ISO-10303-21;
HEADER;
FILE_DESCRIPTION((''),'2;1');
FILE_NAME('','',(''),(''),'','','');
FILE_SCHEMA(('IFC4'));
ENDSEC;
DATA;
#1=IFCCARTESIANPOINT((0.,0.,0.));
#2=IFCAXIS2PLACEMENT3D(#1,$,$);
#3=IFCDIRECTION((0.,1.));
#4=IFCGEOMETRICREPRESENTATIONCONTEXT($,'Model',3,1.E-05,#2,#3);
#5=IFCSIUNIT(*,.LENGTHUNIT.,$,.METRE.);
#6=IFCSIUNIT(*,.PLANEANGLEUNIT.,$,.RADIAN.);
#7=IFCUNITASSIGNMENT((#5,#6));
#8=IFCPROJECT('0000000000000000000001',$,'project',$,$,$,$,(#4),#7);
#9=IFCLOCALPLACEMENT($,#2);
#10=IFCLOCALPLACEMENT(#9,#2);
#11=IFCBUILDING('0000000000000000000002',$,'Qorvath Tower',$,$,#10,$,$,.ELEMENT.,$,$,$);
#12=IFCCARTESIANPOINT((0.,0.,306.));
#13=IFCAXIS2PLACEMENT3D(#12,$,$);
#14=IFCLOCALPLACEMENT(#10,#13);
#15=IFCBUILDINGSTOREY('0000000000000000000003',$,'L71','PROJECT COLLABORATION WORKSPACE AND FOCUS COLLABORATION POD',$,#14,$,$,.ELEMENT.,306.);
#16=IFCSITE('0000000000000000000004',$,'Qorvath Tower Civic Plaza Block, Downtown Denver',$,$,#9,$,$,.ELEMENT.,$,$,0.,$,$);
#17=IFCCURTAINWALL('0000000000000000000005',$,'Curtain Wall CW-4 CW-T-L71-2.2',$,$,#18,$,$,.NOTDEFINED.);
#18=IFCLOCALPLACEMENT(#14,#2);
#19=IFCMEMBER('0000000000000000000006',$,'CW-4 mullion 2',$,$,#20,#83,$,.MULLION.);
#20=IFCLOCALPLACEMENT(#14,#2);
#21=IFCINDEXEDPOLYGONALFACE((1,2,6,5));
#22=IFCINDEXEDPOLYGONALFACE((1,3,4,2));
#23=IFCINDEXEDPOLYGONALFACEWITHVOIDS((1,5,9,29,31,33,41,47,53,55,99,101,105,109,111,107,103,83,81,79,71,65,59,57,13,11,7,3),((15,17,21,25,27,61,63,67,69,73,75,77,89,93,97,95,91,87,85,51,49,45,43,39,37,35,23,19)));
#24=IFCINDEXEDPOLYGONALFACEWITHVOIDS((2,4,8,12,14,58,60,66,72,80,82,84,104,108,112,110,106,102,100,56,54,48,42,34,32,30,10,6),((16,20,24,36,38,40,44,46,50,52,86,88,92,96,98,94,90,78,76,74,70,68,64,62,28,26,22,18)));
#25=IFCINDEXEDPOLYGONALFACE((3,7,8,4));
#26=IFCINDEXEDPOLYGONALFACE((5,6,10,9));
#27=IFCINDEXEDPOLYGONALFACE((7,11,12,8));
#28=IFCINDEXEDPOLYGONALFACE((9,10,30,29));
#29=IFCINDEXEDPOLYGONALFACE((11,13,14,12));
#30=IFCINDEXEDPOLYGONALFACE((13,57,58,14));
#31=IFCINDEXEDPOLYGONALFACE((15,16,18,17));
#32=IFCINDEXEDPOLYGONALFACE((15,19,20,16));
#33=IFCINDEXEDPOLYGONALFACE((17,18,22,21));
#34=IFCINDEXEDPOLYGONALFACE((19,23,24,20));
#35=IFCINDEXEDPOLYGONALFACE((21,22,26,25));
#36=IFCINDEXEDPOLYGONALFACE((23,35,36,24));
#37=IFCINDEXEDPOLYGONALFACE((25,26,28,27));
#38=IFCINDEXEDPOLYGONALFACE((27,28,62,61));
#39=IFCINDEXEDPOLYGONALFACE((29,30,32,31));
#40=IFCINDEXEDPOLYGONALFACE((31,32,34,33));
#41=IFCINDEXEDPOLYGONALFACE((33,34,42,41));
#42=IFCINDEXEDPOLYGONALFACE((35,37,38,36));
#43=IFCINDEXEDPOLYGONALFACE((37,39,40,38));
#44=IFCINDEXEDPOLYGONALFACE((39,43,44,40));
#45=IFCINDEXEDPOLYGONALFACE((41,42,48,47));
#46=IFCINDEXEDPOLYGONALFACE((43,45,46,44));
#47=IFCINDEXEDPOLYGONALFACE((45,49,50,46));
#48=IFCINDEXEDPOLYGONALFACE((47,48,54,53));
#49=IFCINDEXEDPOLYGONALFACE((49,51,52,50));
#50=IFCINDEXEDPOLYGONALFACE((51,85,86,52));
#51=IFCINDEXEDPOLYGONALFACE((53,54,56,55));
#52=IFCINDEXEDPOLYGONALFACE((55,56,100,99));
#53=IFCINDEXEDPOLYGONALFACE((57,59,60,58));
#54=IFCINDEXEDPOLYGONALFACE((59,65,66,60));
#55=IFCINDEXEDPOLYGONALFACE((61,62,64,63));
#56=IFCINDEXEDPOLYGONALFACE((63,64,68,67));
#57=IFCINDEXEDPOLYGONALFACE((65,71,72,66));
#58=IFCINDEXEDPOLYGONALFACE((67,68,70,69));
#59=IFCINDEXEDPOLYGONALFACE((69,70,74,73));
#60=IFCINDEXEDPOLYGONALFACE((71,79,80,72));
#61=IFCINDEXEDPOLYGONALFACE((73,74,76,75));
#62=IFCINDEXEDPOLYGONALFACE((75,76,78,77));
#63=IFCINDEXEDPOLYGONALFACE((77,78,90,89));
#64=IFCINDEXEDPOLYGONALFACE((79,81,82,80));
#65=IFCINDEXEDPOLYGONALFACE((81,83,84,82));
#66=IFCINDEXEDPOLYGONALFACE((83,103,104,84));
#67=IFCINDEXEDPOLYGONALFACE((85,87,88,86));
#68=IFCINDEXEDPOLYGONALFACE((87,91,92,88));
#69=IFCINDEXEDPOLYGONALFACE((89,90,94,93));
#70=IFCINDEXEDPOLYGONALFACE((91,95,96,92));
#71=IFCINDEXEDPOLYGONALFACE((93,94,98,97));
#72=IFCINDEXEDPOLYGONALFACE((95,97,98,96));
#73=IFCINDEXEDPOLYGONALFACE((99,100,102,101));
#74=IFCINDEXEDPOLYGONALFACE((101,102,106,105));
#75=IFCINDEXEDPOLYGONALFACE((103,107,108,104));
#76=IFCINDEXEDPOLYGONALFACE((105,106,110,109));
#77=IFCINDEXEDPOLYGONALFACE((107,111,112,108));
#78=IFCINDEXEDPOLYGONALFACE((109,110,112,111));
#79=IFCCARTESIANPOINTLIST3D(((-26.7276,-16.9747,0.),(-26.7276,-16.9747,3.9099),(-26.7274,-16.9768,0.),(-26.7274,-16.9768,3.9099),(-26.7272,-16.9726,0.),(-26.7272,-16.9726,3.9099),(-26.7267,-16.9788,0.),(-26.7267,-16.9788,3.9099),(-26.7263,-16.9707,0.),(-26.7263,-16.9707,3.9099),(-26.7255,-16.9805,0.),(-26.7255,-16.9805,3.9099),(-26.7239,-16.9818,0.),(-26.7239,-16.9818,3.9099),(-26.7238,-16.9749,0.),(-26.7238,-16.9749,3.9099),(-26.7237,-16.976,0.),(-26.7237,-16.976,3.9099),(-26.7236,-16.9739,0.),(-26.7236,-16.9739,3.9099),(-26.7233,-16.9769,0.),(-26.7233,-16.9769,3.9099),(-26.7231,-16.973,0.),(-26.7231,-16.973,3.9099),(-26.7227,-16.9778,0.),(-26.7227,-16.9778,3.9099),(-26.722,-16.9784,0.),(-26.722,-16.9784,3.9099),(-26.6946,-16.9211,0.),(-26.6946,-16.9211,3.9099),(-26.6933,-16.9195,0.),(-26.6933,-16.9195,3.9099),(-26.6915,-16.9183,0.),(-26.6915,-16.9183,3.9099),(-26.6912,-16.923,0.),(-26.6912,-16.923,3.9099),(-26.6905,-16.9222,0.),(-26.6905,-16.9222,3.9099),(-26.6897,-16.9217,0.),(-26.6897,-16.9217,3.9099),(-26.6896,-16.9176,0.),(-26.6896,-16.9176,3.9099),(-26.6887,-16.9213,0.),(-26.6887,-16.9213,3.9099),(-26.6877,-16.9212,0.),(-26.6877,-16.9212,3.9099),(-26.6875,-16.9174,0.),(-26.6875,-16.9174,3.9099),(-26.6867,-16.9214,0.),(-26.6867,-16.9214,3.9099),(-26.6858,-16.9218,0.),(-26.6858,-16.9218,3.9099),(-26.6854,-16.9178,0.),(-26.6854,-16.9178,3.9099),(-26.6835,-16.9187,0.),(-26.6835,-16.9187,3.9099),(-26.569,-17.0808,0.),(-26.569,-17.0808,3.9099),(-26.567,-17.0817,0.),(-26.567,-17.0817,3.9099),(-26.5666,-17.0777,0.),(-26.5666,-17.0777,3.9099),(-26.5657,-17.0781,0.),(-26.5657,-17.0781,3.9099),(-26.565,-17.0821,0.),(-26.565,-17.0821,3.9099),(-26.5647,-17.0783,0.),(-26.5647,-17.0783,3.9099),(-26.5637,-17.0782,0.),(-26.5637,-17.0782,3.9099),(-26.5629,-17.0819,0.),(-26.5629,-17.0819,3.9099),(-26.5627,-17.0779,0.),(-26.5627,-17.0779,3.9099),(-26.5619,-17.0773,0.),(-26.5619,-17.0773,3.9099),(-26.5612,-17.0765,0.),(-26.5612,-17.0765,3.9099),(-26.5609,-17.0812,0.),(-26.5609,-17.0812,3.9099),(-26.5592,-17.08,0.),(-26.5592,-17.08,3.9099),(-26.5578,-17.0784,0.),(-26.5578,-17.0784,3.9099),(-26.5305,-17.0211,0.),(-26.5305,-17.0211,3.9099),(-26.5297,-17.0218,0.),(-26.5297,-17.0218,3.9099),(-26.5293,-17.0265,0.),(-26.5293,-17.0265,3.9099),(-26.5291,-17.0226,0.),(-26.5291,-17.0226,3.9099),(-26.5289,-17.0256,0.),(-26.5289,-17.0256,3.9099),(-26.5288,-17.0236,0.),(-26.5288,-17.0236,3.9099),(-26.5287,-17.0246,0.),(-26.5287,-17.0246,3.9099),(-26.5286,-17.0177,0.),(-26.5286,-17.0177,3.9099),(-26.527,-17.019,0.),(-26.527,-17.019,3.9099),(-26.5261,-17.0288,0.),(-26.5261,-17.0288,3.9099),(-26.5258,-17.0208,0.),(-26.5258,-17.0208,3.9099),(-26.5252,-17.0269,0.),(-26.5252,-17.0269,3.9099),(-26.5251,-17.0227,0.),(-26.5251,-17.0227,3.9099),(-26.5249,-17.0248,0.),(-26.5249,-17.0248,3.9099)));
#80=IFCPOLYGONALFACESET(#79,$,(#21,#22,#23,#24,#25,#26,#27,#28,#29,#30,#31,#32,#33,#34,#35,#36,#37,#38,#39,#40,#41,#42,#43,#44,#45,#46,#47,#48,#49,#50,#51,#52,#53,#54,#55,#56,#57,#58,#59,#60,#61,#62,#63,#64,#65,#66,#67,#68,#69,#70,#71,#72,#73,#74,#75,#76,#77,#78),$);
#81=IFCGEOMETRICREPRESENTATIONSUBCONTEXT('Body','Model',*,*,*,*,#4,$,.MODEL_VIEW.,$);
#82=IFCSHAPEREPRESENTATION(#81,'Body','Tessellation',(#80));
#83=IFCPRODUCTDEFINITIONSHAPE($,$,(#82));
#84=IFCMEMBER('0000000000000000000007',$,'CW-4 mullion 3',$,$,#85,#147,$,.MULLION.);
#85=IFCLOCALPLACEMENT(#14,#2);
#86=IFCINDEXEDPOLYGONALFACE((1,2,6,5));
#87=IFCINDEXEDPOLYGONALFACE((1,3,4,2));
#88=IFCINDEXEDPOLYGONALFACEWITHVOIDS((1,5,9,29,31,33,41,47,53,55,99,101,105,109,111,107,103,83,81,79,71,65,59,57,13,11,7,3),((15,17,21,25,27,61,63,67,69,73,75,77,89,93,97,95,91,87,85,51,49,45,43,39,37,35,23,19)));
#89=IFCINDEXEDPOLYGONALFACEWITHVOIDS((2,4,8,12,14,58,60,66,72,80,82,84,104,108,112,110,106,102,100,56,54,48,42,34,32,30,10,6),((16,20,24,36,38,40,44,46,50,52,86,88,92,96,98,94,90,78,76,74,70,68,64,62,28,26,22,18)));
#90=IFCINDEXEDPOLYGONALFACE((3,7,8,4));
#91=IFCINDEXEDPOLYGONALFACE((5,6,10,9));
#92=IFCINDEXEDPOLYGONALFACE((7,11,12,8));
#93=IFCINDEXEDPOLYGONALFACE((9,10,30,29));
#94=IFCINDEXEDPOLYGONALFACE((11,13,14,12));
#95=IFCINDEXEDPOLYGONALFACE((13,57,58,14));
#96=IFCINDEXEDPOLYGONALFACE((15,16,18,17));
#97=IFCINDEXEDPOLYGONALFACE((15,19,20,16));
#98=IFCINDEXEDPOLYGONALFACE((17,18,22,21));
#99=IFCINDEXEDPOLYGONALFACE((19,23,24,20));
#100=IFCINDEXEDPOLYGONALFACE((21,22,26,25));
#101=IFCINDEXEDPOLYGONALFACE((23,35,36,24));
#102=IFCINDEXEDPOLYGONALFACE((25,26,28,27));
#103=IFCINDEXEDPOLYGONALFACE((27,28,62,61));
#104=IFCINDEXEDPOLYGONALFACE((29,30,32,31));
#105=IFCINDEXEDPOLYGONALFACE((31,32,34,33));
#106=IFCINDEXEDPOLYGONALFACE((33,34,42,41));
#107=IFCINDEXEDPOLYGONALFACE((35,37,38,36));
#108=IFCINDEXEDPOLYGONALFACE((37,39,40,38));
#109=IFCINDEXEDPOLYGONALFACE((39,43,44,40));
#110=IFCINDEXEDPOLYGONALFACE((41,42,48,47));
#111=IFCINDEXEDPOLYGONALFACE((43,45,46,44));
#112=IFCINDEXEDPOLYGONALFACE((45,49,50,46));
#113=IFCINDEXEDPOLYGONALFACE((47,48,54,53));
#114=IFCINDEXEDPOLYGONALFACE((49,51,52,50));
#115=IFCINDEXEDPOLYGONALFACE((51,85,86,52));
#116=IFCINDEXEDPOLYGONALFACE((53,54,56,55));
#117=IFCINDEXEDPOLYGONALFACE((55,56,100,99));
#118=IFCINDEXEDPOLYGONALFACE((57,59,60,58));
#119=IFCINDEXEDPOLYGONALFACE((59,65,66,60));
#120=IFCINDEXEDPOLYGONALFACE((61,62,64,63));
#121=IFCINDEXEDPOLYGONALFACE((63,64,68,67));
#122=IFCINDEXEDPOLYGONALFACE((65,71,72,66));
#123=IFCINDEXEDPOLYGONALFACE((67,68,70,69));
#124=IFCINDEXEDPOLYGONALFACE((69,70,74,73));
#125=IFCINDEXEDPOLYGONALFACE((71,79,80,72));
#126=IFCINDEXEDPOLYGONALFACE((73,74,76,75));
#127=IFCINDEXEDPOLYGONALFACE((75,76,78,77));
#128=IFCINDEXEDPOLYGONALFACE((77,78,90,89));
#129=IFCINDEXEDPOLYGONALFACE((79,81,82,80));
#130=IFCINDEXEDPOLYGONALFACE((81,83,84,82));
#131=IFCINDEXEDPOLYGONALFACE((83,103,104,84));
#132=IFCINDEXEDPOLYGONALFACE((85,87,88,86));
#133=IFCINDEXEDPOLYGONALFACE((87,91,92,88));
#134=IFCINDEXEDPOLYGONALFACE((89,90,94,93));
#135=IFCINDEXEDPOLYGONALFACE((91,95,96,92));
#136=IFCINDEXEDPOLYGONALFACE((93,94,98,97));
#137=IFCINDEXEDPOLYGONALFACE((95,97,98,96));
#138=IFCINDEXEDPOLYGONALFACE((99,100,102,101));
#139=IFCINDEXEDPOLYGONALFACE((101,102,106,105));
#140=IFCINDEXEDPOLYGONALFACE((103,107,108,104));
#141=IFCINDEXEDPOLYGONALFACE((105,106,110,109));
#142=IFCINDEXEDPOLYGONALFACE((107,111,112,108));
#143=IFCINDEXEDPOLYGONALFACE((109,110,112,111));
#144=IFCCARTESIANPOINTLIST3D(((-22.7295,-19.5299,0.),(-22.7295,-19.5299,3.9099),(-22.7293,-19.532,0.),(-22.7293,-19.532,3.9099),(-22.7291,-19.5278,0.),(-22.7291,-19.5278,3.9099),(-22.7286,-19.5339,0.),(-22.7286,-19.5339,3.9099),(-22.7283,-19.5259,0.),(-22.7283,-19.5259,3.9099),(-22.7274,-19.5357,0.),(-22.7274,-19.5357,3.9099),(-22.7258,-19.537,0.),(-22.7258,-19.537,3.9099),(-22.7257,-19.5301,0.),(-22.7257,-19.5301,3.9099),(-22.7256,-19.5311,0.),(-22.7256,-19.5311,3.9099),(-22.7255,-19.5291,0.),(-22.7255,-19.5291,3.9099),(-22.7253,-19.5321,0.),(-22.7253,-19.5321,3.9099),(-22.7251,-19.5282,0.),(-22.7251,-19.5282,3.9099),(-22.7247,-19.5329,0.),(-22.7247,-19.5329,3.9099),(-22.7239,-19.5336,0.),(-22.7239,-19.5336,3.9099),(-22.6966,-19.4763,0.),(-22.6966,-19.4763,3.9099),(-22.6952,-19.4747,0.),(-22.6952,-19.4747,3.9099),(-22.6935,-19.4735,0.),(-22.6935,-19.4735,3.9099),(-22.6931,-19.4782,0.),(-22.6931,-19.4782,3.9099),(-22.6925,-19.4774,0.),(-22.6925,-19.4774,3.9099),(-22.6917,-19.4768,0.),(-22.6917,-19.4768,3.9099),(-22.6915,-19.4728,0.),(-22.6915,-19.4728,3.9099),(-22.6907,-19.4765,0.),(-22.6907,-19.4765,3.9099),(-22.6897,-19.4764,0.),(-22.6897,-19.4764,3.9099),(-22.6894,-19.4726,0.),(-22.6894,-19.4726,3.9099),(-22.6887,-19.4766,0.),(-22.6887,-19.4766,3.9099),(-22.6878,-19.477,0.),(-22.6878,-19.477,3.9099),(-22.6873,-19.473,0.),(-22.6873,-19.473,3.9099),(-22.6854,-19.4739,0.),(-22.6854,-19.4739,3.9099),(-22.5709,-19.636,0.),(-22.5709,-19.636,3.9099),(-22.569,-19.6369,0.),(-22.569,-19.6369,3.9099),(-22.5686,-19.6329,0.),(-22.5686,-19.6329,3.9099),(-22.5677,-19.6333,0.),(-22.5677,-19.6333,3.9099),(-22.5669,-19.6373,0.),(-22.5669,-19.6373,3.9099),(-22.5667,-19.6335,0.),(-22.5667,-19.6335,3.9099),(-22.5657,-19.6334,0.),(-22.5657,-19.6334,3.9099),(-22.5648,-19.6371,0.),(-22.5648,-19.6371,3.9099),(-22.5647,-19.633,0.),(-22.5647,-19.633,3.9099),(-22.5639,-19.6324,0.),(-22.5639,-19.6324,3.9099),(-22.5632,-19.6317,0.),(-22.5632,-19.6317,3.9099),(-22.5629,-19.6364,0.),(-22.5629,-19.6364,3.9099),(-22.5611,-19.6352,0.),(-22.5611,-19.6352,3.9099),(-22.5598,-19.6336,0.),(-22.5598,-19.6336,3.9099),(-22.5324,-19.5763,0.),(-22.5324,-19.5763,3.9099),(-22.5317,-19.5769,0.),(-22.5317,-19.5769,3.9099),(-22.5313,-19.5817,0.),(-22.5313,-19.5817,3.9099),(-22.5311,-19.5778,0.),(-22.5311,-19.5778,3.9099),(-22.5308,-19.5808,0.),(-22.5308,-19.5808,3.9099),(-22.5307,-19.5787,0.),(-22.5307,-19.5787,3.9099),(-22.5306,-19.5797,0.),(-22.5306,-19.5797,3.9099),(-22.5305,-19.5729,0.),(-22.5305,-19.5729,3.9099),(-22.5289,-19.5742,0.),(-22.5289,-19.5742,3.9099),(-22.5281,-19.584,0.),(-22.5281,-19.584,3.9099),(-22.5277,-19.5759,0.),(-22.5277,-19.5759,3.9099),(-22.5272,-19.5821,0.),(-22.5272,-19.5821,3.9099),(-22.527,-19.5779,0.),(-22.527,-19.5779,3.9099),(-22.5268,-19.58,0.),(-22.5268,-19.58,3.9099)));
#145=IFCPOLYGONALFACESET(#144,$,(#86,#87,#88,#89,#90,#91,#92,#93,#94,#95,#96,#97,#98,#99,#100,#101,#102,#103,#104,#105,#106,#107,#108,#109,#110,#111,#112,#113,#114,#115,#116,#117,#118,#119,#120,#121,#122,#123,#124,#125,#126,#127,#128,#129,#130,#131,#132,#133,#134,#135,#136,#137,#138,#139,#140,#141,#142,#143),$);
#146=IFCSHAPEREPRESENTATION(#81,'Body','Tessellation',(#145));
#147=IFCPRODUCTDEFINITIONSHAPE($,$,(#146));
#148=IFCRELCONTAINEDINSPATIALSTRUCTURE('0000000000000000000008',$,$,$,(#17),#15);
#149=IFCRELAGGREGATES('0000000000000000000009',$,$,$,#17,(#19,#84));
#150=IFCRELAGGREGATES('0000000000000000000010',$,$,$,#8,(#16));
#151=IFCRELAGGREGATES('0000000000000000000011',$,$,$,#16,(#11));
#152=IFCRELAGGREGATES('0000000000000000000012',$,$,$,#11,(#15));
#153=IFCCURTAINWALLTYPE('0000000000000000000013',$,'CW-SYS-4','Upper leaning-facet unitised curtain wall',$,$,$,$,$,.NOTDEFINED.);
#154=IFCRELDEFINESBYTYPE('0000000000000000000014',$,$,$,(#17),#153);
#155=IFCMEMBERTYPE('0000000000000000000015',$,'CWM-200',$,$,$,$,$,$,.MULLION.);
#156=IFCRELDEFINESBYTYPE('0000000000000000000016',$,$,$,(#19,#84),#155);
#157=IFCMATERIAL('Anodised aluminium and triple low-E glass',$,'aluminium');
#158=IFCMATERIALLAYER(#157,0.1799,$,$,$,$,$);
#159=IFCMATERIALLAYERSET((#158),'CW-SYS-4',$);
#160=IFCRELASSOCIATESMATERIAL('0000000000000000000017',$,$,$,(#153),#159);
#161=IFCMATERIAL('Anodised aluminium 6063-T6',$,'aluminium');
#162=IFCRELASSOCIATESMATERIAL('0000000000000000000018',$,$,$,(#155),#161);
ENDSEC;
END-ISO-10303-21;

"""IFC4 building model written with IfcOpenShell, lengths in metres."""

from ifc_helpers import new_model, si_unit, direction, frame, origin, origin_2d, place, context, subcontext, project, spatial, hollow_rectangle, extrude, material, layer, layer_set, material_profile, profile_set, type_object, element, aggregate, save


model = new_model("IFC4")

# Units and contexts
model_context = context("Model", 3, precision=1e-05, world=origin(), true_north=direction((0.0, 1.0)))
body_context = subcontext(model_context, "Body", "Model", "MODEL_VIEW")
ifc_project = project(units=[si_unit("LENGTHUNIT", "METRE"), si_unit("PLANEANGLEUNIT", "RADIAN")], contexts=[model_context])

# Site, building, storey
site_placement = place(None, origin())
site = spatial("IfcSite", under=ifc_project, at=site_placement, Name="Qorvath Tower Civic Plaza Block, Downtown Denver", CompositionType="ELEMENT", RefElevation=0.0)
building_placement = place(site_placement, origin())
building = spatial("IfcBuilding", under=site, at=building_placement, Name="Qorvath Tower", CompositionType="ELEMENT")
storey_placement = place(building_placement, frame((0.0, 0.0, 306.0)))
storey = spatial("IfcBuildingStorey", under=building, at=storey_placement, Name="L71", Description="PROJECT COLLABORATION WORKSPACE AND FOCUS COLLABORATION POD", CompositionType="ELEMENT", Elevation=306.0)

# Curtain wall, members
ifc_material_1 = material(Name="Anodised aluminium and triple low-E glass", Category="aluminium")
ifc_layer_1 = layer(ifc_material_1, 0.1799)
ifc_layer_set_1 = layer_set([ifc_layer_1], Name="CW-SYS-4")
curtain_wall_type = type_object("IfcCurtainWallType", Name="CW-SYS-4", Description="Upper leaning-facet unitised curtain wall", PredefinedType="NOTDEFINED", material=ifc_layer_set_1)
curtain_wall_placement = place(storey_placement, origin())
curtain_wall = element("IfcCurtainWall", 1, at=curtain_wall_placement, inside=storey, type_object=curtain_wall_type, Name="Curtain Wall CW-4 CW-T-L71-2.2", PredefinedType="NOTDEFINED")
ifc_material_2 = material(Name="Anodised aluminium 6063-T6", Category="aluminium")
ifc_material_profile_1 = material_profile(ifc_material_2, hollow_rectangle(XDim=0.075, YDim=0.2, WallThickness=0.0039, InnerFilletRadius=0.0039, OuterFilletRadius=0.0081, at=origin_2d()), Name="CWM 200x75")
ifc_profile_set_1 = profile_set([ifc_material_profile_1], Name="Anodised aluminium 6063-T6")
member_type_1 = type_object("IfcMemberType", Name="CWM-200", PredefinedType="MULLION", material=ifc_profile_set_1)
member_1_placement = place(storey_placement, frame((-26.6262, -16.9998, 0.0), z_axis=(0.0, 0.0, 1.0), x_axis=(0.538533, 0.842604, 0.0)))
member_1 = element("IfcMember", 2, at=member_1_placement, type_object=member_type_1, Name="CW-4 mullion 2", PredefinedType="MULLION", context=body_context, shape_type="SweptSolid", body=[
    extrude(hollow_rectangle(XDim=0.075, YDim=0.2, WallThickness=0.0039, InnerFilletRadius=0.0039, OuterFilletRadius=0.0081, at=origin_2d()), origin(), (0.0, 0.0, 1.0), 3.9099),
])
member_2_placement = place(storey_placement, frame((-22.6282, -19.5549, 0.0), z_axis=(0.0, 0.0, 1.0), x_axis=(0.538533, 0.842604, 0.0)))
member_2 = element("IfcMember", 3, at=member_2_placement, type_object=member_type_1, Name="CW-4 mullion 3", PredefinedType="MULLION", context=body_context, shape_type="SweptSolid", body=[
    extrude(hollow_rectangle(XDim=0.075, YDim=0.2, WallThickness=0.0039, InnerFilletRadius=0.0039, OuterFilletRadius=0.0081, at=origin_2d()), origin(), (0.0, 0.0, 1.0), 3.9099),
])
aggregate(curtain_wall, [member_1, member_2])

save(model, "model.ifc")
